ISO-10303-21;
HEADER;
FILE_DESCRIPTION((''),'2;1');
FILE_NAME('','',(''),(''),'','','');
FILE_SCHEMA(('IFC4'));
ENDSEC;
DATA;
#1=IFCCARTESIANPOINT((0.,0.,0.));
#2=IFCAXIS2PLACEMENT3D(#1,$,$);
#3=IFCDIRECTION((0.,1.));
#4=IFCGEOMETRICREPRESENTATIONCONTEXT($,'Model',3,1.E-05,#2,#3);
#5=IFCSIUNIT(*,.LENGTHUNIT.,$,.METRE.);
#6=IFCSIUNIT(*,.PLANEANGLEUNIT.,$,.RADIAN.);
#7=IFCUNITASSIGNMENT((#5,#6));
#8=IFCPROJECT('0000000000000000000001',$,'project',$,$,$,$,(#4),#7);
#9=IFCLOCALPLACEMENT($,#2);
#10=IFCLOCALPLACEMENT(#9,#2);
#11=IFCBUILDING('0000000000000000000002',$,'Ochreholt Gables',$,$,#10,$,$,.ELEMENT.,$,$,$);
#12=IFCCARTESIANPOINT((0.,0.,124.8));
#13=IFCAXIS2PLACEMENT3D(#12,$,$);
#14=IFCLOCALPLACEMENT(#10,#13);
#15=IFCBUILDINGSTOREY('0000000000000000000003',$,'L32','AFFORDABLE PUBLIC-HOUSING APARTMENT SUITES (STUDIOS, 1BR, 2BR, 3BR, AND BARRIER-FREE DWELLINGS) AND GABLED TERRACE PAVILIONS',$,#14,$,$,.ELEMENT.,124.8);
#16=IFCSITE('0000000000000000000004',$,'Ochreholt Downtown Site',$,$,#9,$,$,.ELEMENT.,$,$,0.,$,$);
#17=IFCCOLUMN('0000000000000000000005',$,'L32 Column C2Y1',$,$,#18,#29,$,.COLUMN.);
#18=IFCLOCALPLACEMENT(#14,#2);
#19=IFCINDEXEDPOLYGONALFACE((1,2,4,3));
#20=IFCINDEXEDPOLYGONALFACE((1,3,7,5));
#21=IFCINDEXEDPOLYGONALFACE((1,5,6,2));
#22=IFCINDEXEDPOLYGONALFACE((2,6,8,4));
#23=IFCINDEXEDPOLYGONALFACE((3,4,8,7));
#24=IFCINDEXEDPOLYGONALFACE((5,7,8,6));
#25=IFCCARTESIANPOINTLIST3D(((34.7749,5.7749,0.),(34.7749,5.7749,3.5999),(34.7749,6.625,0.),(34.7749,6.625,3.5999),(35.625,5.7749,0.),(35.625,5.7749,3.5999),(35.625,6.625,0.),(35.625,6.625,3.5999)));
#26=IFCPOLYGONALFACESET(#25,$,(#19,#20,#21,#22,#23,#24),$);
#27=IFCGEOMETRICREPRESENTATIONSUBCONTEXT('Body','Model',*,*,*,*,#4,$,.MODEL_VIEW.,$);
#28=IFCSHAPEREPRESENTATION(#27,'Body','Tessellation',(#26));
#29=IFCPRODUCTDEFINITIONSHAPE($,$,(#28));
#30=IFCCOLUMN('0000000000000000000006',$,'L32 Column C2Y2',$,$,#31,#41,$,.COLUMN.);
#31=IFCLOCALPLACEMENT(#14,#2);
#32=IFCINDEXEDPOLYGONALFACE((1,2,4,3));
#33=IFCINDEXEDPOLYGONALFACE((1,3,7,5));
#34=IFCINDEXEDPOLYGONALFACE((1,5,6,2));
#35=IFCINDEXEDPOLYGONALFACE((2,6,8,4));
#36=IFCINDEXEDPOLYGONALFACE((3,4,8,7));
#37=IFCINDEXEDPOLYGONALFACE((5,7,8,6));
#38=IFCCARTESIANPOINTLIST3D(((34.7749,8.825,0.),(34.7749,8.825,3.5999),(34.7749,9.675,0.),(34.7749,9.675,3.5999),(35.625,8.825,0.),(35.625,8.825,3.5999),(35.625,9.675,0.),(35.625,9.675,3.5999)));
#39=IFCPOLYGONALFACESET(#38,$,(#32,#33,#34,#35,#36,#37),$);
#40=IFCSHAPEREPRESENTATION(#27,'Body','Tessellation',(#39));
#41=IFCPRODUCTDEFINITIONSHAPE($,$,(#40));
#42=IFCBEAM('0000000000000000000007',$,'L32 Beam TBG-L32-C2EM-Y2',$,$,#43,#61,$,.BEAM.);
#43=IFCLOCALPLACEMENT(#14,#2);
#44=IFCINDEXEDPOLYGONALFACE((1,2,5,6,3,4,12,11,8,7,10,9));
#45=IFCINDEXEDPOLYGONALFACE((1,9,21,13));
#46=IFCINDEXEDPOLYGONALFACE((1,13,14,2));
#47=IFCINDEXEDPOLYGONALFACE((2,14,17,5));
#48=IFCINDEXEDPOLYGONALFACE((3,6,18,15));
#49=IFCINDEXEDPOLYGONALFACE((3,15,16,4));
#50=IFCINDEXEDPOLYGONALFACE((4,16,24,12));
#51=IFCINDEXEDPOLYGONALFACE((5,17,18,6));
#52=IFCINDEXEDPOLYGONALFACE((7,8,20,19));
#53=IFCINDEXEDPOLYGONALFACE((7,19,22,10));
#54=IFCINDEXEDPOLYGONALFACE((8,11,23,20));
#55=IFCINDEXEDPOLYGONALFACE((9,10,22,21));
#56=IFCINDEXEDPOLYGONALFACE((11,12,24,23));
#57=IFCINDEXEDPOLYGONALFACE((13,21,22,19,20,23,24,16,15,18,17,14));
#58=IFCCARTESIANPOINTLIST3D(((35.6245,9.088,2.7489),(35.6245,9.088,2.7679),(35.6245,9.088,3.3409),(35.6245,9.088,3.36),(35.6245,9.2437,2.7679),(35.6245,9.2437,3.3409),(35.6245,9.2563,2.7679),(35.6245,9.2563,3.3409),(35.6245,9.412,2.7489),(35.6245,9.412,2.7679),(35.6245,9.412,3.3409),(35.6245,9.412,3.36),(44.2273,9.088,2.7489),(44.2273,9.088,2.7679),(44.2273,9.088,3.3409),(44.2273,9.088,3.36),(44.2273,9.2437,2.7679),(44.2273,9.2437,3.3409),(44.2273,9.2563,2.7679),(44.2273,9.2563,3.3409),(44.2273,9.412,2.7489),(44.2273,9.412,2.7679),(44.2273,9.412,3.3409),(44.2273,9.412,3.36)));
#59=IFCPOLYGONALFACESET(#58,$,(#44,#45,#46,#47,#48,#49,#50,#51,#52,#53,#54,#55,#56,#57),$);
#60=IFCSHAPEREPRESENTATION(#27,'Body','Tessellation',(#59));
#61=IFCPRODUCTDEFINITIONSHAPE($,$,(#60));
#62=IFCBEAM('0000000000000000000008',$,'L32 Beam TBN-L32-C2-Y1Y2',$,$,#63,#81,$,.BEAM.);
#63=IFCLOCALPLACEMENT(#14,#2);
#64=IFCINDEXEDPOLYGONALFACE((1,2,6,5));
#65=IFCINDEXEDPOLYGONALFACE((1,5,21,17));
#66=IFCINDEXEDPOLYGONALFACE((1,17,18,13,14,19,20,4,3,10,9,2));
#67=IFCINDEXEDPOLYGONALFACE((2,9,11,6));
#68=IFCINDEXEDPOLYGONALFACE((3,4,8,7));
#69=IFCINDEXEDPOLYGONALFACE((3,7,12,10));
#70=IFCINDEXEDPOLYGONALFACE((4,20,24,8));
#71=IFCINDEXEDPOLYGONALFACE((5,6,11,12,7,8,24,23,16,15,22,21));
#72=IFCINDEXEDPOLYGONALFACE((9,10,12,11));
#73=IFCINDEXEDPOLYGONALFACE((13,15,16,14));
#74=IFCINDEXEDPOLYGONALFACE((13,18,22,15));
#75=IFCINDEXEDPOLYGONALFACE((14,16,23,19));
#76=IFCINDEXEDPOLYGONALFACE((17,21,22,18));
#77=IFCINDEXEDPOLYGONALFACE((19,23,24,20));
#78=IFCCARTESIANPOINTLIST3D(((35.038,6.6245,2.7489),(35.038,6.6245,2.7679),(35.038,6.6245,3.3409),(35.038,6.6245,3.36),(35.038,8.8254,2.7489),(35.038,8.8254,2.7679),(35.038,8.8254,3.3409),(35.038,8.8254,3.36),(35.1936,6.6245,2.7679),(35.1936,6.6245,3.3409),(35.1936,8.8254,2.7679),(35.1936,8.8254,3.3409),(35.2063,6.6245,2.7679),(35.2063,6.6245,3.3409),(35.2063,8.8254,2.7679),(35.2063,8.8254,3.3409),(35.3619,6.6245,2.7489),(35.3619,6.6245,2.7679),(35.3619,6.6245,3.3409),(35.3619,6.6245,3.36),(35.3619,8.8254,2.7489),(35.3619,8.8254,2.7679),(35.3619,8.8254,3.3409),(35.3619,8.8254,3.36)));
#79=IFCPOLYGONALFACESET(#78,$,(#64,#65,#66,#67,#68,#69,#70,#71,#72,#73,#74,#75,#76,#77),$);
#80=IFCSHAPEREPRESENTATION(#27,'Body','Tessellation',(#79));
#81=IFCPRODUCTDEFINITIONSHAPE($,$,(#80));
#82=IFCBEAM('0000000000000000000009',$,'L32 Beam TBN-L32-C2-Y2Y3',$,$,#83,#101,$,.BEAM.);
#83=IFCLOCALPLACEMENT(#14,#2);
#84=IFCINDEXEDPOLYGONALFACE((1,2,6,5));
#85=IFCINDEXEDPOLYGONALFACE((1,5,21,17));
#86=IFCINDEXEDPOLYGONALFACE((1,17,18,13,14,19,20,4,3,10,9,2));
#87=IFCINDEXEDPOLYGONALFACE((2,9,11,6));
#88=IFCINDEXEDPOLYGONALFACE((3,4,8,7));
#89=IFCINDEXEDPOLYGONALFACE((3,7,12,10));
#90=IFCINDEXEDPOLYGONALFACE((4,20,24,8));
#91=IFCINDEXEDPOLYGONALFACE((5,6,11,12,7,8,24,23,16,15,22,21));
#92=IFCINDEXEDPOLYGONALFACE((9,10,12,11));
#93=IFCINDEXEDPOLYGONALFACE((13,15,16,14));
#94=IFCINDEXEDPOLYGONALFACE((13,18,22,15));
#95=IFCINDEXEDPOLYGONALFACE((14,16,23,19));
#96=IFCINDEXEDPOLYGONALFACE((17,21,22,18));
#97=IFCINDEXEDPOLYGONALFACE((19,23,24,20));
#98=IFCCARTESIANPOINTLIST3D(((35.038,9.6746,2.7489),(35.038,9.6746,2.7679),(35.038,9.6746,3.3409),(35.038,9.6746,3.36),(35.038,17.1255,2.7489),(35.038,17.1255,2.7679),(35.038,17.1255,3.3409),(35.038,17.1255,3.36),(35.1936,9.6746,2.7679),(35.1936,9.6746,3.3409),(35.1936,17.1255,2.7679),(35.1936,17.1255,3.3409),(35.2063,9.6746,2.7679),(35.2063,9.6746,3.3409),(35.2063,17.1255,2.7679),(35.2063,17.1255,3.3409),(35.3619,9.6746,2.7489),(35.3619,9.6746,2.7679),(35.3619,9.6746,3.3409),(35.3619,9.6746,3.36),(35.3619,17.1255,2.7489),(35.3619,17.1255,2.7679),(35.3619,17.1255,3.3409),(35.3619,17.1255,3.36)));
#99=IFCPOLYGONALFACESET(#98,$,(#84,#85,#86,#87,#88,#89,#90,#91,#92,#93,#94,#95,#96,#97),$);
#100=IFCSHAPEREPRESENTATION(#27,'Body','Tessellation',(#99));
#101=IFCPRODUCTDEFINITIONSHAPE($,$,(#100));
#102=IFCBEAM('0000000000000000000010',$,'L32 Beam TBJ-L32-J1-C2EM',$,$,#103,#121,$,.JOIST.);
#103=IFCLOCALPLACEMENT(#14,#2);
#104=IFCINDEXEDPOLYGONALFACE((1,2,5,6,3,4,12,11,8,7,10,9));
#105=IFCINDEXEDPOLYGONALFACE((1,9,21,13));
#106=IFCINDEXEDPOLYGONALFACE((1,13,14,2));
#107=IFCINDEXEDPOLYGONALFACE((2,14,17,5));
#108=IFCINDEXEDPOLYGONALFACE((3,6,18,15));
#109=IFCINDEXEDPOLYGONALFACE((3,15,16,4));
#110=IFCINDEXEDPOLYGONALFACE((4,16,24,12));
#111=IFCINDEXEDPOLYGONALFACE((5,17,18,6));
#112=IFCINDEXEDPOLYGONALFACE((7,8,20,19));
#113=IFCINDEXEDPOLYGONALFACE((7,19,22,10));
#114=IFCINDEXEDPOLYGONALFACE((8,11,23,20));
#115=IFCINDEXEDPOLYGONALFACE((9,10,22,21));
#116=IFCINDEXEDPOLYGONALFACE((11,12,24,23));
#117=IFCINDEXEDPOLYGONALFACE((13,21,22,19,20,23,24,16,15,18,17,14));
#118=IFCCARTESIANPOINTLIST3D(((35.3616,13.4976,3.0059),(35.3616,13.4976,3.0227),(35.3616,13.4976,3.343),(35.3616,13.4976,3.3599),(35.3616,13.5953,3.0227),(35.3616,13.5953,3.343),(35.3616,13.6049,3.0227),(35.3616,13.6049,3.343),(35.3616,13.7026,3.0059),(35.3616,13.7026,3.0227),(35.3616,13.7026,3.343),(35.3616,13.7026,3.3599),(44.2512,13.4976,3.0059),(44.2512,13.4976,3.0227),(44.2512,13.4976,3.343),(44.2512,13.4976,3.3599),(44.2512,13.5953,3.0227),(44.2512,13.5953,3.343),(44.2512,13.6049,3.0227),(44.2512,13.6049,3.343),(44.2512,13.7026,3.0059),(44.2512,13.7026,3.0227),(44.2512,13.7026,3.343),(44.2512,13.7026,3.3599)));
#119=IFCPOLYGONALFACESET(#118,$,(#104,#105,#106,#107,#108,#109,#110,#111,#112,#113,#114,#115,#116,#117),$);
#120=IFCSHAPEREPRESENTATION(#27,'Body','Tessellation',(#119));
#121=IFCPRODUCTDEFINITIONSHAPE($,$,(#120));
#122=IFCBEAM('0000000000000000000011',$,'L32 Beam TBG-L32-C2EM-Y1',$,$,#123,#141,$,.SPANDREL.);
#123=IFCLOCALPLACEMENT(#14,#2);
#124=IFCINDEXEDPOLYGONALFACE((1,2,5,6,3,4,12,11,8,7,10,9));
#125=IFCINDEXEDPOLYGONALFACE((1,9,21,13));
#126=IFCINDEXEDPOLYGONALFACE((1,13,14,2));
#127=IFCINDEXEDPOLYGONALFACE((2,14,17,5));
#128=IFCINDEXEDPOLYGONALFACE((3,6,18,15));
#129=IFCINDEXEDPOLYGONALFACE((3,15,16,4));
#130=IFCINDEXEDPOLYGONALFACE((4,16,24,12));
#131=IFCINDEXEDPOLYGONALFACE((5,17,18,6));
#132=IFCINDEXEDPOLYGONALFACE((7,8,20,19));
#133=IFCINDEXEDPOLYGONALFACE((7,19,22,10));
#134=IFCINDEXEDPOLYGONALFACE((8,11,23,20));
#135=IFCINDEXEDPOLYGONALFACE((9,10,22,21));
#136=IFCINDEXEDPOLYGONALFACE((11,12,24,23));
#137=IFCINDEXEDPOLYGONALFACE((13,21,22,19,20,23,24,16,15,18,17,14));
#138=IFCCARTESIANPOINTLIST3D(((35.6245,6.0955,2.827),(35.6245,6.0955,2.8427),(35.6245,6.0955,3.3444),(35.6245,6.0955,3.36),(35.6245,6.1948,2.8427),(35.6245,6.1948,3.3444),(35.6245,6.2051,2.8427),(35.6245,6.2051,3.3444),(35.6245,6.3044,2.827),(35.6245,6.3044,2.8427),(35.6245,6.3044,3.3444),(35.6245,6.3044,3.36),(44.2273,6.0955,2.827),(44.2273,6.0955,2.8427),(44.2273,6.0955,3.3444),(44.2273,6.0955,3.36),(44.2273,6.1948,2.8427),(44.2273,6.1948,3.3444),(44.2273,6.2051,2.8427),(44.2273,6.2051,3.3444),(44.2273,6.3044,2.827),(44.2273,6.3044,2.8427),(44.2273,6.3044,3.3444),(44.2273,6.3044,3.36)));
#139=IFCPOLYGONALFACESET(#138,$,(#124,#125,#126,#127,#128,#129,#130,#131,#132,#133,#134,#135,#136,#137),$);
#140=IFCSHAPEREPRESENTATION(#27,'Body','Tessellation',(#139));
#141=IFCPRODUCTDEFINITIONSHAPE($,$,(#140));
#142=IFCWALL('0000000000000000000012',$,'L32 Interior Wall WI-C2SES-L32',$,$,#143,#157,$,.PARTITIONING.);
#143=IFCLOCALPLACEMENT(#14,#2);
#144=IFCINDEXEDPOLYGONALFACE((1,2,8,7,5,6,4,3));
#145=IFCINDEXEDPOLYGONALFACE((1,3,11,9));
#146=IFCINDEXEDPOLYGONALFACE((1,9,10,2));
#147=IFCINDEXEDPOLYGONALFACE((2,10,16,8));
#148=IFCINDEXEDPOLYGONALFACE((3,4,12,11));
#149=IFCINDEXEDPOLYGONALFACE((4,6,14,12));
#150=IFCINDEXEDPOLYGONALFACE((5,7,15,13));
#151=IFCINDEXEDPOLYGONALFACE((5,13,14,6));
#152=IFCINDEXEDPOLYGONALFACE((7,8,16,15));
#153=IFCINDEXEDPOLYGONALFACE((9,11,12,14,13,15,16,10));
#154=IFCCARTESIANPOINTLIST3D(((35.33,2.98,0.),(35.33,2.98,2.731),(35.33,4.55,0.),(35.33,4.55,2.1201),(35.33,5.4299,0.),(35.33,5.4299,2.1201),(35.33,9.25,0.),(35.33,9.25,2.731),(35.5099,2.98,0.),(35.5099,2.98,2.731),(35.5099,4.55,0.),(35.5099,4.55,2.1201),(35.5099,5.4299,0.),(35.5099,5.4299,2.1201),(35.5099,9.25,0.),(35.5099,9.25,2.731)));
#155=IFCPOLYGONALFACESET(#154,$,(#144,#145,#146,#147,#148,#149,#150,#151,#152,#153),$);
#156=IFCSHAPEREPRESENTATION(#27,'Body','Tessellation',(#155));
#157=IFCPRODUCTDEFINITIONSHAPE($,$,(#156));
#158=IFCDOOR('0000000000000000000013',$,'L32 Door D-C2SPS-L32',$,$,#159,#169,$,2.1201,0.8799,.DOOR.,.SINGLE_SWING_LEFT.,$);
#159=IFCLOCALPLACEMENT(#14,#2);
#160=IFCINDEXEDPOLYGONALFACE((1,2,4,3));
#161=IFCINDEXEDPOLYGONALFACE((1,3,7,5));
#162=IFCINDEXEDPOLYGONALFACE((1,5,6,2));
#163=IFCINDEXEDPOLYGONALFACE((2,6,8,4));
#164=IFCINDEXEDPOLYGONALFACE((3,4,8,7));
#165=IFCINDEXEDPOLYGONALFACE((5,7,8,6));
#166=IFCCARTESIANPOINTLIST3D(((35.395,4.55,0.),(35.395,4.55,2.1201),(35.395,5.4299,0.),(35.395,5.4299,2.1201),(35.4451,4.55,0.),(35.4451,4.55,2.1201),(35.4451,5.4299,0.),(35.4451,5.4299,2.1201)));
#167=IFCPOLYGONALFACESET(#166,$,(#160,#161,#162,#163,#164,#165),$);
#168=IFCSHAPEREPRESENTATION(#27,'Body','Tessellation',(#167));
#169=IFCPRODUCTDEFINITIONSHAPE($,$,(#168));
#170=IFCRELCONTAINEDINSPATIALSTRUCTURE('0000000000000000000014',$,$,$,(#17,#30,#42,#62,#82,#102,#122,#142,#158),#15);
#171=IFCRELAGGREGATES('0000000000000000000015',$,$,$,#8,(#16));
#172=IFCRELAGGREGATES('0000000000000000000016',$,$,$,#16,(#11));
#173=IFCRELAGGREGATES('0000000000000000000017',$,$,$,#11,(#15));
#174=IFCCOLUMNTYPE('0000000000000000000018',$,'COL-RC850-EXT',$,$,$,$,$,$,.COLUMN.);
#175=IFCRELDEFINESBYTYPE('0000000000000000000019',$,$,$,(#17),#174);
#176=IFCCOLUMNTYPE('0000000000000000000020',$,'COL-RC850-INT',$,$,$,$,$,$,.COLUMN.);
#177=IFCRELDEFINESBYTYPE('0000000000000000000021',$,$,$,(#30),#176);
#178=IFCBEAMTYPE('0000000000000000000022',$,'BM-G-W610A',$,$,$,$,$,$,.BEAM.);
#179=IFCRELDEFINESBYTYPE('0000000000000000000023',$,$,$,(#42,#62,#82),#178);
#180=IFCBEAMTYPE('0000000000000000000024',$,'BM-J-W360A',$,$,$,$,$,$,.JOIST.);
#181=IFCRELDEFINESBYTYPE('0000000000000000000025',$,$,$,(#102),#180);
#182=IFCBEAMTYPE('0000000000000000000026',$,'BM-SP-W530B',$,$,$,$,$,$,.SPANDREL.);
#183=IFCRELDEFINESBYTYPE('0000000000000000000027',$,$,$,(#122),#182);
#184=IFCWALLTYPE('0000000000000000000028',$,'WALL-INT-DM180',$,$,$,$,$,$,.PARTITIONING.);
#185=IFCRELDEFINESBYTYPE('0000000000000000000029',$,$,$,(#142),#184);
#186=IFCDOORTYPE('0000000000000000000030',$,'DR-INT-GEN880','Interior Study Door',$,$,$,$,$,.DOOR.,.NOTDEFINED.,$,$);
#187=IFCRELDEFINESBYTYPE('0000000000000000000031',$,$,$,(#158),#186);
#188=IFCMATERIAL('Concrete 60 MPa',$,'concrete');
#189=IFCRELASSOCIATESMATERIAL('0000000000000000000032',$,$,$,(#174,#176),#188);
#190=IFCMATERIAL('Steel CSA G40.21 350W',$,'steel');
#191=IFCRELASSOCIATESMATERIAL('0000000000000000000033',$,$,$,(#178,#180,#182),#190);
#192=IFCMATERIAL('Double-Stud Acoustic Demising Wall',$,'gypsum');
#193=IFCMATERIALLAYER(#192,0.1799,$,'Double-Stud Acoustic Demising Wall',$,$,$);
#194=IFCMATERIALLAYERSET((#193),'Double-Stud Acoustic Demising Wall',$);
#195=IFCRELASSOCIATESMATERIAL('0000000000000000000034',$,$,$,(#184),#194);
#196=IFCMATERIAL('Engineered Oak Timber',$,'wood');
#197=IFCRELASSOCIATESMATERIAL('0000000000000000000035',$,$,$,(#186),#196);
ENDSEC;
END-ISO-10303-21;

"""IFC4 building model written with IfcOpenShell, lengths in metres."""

from ifc_helpers import new_model, si_unit, direction, frame, frame_2d, origin, origin_2d, place, context, subcontext, project, spatial, rectangle, i_section, extrude, material, layer, layer_set, material_profile, profile_set, type_object, element, fill, save


model = new_model("IFC4")

# Units and contexts
model_context = context("Model", 3, precision=1e-05, world=origin(), true_north=direction((0.0, 1.0)))
body_context = subcontext(model_context, "Body", "Model", "MODEL_VIEW")
ifc_project = project(units=[si_unit("LENGTHUNIT", "METRE"), si_unit("PLANEANGLEUNIT", "RADIAN")], contexts=[model_context])

# Site, building, storey
site_placement = place(None, origin())
site = spatial("IfcSite", under=ifc_project, at=site_placement, Name="Ochreholt Downtown Site", CompositionType="ELEMENT", RefElevation=0.0)
building_placement = place(site_placement, origin())
building = spatial("IfcBuilding", under=site, at=building_placement, Name="Ochreholt Gables", CompositionType="ELEMENT")
storey_placement = place(building_placement, frame((0.0, 0.0, 124.8)))
storey = spatial("IfcBuildingStorey", under=building, at=storey_placement, Name="L32", Description="AFFORDABLE PUBLIC-HOUSING APARTMENT SUITES (STUDIOS, 1BR, 2BR, 3BR, AND BARRIER-FREE DWELLINGS) AND GABLED TERRACE PAVILIONS", CompositionType="ELEMENT", Elevation=124.8)

# Columns
ifc_material_1 = material(Name="Concrete 60 MPa", Category="concrete")
ifc_material_profile_1 = material_profile(ifc_material_1, rectangle(XDim=0.8501, YDim=0.8501, at=origin_2d()), Name="RC850X850")
ifc_profile_set_1 = profile_set([ifc_material_profile_1], Name="Concrete 60 MPa")
column_type_1 = type_object("IfcColumnType", Name="COL-RC850-EXT", PredefinedType="COLUMN", material=ifc_profile_set_1)
column_1_placement = place(storey_placement, frame((35.2, 6.2, 0.0), z_axis=(0.0, 0.0, 1.0), x_axis=(1.0, 0.0, 0.0)))
element("IfcColumn", 1, at=column_1_placement, inside=storey, type_object=column_type_1, Name="L32 Column C2Y1", PredefinedType="COLUMN", context=body_context, shape_type="SweptSolid", body=[
    extrude(rectangle(XDim=0.8501, YDim=0.8501, at=origin_2d()), origin(), (0.0, 0.0, 1.0), 3.5999),
])
ifc_material_profile_2 = material_profile(ifc_material_1, rectangle(XDim=0.8501, YDim=0.8501, at=origin_2d()), Name="RC850X850")
ifc_profile_set_2 = profile_set([ifc_material_profile_2], Name="Concrete 60 MPa")
column_type_2 = type_object("IfcColumnType", Name="COL-RC850-INT", PredefinedType="COLUMN", material=ifc_profile_set_2)
column_2_placement = place(storey_placement, frame((35.2, 9.25, 0.0), z_axis=(0.0, 0.0, 1.0), x_axis=(1.0, 0.0, 0.0)))
element("IfcColumn", 2, at=column_2_placement, inside=storey, type_object=column_type_2, Name="L32 Column C2Y2", PredefinedType="COLUMN", context=body_context, shape_type="SweptSolid", body=[
    extrude(rectangle(XDim=0.8501, YDim=0.8501, at=origin_2d()), origin(), (0.0, 0.0, 1.0), 3.5999),
])

# Beams
ifc_material_2 = material(Name="Steel CSA G40.21 350W", Category="steel")
ifc_material_profile_3 = material_profile(ifc_material_2, i_section(OverallWidth=0.324, OverallDepth=0.6111, WebThickness=0.0127, FlangeThickness=0.019, at=origin_2d()), Name="W610X155")
ifc_profile_set_3 = profile_set([ifc_material_profile_3], Name="Steel CSA G40.21 350W")
beam_type_1 = type_object("IfcBeamType", Name="BM-G-W610A", PredefinedType="BEAM", material=ifc_profile_set_3)
beam_1_placement = place(storey_placement, frame((35.6245, 9.25, 3.0544), z_axis=(1.0, 0.0, 0.0), x_axis=(0.0, 1.0, 0.0)))
element("IfcBeam", 3, at=beam_1_placement, inside=storey, type_object=beam_type_1, Name="L32 Beam TBG-L32-C2EM-Y2", PredefinedType="BEAM", context=body_context, shape_type="SweptSolid", body=[
    extrude(i_section(OverallWidth=0.324, OverallDepth=0.6111, WebThickness=0.0127, FlangeThickness=0.019, at=origin_2d()), origin(), (0.0, 0.0, 1.0), 8.6028),
])
beam_2_placement = place(storey_placement, frame((35.2, 6.6245, 3.0544), z_axis=(0.0, 1.0, 0.0), x_axis=(-1.0, 0.0, 0.0)))
element("IfcBeam", 4, at=beam_2_placement, inside=storey, type_object=beam_type_1, Name="L32 Beam TBN-L32-C2-Y1Y2", PredefinedType="BEAM", context=body_context, shape_type="SweptSolid", body=[
    extrude(i_section(OverallWidth=0.324, OverallDepth=0.6111, WebThickness=0.0127, FlangeThickness=0.019, at=origin_2d()), origin(), (0.0, 0.0, 1.0), 2.2009),
])
beam_3_placement = place(storey_placement, frame((35.2, 9.6746, 3.0544), z_axis=(0.0, 1.0, 0.0), x_axis=(-1.0, 0.0, 0.0)))
element("IfcBeam", 5, at=beam_3_placement, inside=storey, type_object=beam_type_1, Name="L32 Beam TBN-L32-C2-Y2Y3", PredefinedType="BEAM", context=body_context, shape_type="SweptSolid", body=[
    extrude(i_section(OverallWidth=0.324, OverallDepth=0.6111, WebThickness=0.0127, FlangeThickness=0.019, at=origin_2d()), origin(), (0.0, 0.0, 1.0), 7.4509),
])
ifc_material_profile_4 = material_profile(ifc_material_2, i_section(OverallWidth=0.2051, OverallDepth=0.354, WebThickness=0.0095, FlangeThickness=0.0168, at=origin_2d()), Name="W360X79")
ifc_profile_set_4 = profile_set([ifc_material_profile_4], Name="Steel CSA G40.21 350W")
beam_type_2 = type_object("IfcBeamType", Name="BM-J-W360A", PredefinedType="JOIST", material=ifc_profile_set_4)
beam_4_placement = place(storey_placement, frame((35.3616, 13.6001, 3.1829), z_axis=(1.0, 0.0, 0.0), x_axis=(0.0, 1.0, 0.0)))
element("IfcBeam", 6, at=beam_4_placement, inside=storey, type_object=beam_type_2, Name="L32 Beam TBJ-L32-J1-C2EM", PredefinedType="JOIST", context=body_context, shape_type="SweptSolid", body=[
    extrude(i_section(OverallWidth=0.2051, OverallDepth=0.354, WebThickness=0.0095, FlangeThickness=0.0168, at=origin_2d()), origin(), (0.0, 0.0, 1.0), 8.8896),
])
ifc_material_profile_5 = material_profile(ifc_material_2, i_section(OverallWidth=0.209, OverallDepth=0.533, WebThickness=0.0103, FlangeThickness=0.0156, at=origin_2d()), Name="W530X92")
ifc_profile_set_5 = profile_set([ifc_material_profile_5], Name="Steel CSA G40.21 350W")
beam_type_3 = type_object("IfcBeamType", Name="BM-SP-W530B", PredefinedType="SPANDREL", material=ifc_profile_set_5)
beam_5_placement = place(storey_placement, frame((35.6245, 6.2, 3.0935), z_axis=(1.0, 0.0, 0.0), x_axis=(0.0, 1.0, 0.0)))
element("IfcBeam", 7, at=beam_5_placement, inside=storey, type_object=beam_type_3, Name="L32 Beam TBG-L32-C2EM-Y1", PredefinedType="SPANDREL", context=body_context, shape_type="SweptSolid", body=[
    extrude(i_section(OverallWidth=0.209, OverallDepth=0.533, WebThickness=0.0103, FlangeThickness=0.0156, at=origin_2d()), origin(), (0.0, 0.0, 1.0), 8.6028),
])

# Wall, opening, door
ifc_material_3 = material(Name="Double-Stud Acoustic Demising Wall", Category="gypsum")
ifc_layer_1 = layer(ifc_material_3, 0.1799, Name="Double-Stud Acoustic Demising Wall")
ifc_layer_set_1 = layer_set([ifc_layer_1], Name="Double-Stud Acoustic Demising Wall")
wall_type_1 = type_object("IfcWallType", Name="WALL-INT-DM180", PredefinedType="PARTITIONING", material=ifc_layer_set_1)
wall_1_placement = place(storey_placement, frame((35.4199, 2.98, 0.0), z_axis=(0.0, 0.0, 1.0), x_axis=(0.0, 1.0, 0.0)))
wall_1 = element("IfcWall", 8, at=wall_1_placement, inside=storey, type_object=wall_type_1, Name="L32 Interior Wall WI-C2SES-L32", PredefinedType="PARTITIONING", context=body_context, shape_type="SweptSolid", body=[
    extrude(rectangle(XDim=6.27, YDim=0.1799, at=frame_2d((3.135, 0.0))), origin(), (0.0, 0.0, 1.0), 2.731),
])
opening_1_placement = place(wall_1_placement, frame((1.5701, 0.0, 0.0)))
opening_1 = element("IfcOpeningElement", 9, at=opening_1_placement, cuts=wall_1, PredefinedType="OPENING", context=body_context, shape_type="SweptSolid", body=[
    extrude(rectangle(XDim=0.8799, YDim=2.1201, at=frame_2d((0.4399, 1.0601))), frame((0.0, 0.0999, 0.0), z_axis=(0.0, -1.0, 0.0), x_axis=(1.0, 0.0, 0.0)), (0.0, 0.0, 1.0), 0.2),
])
ifc_material_4 = material(Name="Engineered Oak Timber", Category="wood")
door_type_1 = type_object("IfcDoorType", Name="DR-INT-GEN880", Description="Interior Study Door", OperationType="NOTDEFINED", PredefinedType="DOOR", material=ifc_material_4)
door_1_placement = place(opening_1_placement, origin())
door_1 = element("IfcDoor", 10, at=door_1_placement, inside=storey, type_object=door_type_1, Name="L32 Door D-C2SPS-L32", OperationType="SINGLE_SWING_LEFT", OverallHeight=2.1201, OverallWidth=0.8799, PredefinedType="DOOR", context=body_context, shape_type="SweptSolid", body=[
    extrude(rectangle(XDim=0.8799, YDim=2.1201, at=frame_2d((0.4399, 1.0601))), frame((0.0, 0.0249, 0.0), z_axis=(0.0, -1.0, 0.0), x_axis=(1.0, 0.0, 0.0)), (0.0, 0.0, 1.0), 0.05),
])
fill(opening_1, door_1)

save(model, "model.ifc")
